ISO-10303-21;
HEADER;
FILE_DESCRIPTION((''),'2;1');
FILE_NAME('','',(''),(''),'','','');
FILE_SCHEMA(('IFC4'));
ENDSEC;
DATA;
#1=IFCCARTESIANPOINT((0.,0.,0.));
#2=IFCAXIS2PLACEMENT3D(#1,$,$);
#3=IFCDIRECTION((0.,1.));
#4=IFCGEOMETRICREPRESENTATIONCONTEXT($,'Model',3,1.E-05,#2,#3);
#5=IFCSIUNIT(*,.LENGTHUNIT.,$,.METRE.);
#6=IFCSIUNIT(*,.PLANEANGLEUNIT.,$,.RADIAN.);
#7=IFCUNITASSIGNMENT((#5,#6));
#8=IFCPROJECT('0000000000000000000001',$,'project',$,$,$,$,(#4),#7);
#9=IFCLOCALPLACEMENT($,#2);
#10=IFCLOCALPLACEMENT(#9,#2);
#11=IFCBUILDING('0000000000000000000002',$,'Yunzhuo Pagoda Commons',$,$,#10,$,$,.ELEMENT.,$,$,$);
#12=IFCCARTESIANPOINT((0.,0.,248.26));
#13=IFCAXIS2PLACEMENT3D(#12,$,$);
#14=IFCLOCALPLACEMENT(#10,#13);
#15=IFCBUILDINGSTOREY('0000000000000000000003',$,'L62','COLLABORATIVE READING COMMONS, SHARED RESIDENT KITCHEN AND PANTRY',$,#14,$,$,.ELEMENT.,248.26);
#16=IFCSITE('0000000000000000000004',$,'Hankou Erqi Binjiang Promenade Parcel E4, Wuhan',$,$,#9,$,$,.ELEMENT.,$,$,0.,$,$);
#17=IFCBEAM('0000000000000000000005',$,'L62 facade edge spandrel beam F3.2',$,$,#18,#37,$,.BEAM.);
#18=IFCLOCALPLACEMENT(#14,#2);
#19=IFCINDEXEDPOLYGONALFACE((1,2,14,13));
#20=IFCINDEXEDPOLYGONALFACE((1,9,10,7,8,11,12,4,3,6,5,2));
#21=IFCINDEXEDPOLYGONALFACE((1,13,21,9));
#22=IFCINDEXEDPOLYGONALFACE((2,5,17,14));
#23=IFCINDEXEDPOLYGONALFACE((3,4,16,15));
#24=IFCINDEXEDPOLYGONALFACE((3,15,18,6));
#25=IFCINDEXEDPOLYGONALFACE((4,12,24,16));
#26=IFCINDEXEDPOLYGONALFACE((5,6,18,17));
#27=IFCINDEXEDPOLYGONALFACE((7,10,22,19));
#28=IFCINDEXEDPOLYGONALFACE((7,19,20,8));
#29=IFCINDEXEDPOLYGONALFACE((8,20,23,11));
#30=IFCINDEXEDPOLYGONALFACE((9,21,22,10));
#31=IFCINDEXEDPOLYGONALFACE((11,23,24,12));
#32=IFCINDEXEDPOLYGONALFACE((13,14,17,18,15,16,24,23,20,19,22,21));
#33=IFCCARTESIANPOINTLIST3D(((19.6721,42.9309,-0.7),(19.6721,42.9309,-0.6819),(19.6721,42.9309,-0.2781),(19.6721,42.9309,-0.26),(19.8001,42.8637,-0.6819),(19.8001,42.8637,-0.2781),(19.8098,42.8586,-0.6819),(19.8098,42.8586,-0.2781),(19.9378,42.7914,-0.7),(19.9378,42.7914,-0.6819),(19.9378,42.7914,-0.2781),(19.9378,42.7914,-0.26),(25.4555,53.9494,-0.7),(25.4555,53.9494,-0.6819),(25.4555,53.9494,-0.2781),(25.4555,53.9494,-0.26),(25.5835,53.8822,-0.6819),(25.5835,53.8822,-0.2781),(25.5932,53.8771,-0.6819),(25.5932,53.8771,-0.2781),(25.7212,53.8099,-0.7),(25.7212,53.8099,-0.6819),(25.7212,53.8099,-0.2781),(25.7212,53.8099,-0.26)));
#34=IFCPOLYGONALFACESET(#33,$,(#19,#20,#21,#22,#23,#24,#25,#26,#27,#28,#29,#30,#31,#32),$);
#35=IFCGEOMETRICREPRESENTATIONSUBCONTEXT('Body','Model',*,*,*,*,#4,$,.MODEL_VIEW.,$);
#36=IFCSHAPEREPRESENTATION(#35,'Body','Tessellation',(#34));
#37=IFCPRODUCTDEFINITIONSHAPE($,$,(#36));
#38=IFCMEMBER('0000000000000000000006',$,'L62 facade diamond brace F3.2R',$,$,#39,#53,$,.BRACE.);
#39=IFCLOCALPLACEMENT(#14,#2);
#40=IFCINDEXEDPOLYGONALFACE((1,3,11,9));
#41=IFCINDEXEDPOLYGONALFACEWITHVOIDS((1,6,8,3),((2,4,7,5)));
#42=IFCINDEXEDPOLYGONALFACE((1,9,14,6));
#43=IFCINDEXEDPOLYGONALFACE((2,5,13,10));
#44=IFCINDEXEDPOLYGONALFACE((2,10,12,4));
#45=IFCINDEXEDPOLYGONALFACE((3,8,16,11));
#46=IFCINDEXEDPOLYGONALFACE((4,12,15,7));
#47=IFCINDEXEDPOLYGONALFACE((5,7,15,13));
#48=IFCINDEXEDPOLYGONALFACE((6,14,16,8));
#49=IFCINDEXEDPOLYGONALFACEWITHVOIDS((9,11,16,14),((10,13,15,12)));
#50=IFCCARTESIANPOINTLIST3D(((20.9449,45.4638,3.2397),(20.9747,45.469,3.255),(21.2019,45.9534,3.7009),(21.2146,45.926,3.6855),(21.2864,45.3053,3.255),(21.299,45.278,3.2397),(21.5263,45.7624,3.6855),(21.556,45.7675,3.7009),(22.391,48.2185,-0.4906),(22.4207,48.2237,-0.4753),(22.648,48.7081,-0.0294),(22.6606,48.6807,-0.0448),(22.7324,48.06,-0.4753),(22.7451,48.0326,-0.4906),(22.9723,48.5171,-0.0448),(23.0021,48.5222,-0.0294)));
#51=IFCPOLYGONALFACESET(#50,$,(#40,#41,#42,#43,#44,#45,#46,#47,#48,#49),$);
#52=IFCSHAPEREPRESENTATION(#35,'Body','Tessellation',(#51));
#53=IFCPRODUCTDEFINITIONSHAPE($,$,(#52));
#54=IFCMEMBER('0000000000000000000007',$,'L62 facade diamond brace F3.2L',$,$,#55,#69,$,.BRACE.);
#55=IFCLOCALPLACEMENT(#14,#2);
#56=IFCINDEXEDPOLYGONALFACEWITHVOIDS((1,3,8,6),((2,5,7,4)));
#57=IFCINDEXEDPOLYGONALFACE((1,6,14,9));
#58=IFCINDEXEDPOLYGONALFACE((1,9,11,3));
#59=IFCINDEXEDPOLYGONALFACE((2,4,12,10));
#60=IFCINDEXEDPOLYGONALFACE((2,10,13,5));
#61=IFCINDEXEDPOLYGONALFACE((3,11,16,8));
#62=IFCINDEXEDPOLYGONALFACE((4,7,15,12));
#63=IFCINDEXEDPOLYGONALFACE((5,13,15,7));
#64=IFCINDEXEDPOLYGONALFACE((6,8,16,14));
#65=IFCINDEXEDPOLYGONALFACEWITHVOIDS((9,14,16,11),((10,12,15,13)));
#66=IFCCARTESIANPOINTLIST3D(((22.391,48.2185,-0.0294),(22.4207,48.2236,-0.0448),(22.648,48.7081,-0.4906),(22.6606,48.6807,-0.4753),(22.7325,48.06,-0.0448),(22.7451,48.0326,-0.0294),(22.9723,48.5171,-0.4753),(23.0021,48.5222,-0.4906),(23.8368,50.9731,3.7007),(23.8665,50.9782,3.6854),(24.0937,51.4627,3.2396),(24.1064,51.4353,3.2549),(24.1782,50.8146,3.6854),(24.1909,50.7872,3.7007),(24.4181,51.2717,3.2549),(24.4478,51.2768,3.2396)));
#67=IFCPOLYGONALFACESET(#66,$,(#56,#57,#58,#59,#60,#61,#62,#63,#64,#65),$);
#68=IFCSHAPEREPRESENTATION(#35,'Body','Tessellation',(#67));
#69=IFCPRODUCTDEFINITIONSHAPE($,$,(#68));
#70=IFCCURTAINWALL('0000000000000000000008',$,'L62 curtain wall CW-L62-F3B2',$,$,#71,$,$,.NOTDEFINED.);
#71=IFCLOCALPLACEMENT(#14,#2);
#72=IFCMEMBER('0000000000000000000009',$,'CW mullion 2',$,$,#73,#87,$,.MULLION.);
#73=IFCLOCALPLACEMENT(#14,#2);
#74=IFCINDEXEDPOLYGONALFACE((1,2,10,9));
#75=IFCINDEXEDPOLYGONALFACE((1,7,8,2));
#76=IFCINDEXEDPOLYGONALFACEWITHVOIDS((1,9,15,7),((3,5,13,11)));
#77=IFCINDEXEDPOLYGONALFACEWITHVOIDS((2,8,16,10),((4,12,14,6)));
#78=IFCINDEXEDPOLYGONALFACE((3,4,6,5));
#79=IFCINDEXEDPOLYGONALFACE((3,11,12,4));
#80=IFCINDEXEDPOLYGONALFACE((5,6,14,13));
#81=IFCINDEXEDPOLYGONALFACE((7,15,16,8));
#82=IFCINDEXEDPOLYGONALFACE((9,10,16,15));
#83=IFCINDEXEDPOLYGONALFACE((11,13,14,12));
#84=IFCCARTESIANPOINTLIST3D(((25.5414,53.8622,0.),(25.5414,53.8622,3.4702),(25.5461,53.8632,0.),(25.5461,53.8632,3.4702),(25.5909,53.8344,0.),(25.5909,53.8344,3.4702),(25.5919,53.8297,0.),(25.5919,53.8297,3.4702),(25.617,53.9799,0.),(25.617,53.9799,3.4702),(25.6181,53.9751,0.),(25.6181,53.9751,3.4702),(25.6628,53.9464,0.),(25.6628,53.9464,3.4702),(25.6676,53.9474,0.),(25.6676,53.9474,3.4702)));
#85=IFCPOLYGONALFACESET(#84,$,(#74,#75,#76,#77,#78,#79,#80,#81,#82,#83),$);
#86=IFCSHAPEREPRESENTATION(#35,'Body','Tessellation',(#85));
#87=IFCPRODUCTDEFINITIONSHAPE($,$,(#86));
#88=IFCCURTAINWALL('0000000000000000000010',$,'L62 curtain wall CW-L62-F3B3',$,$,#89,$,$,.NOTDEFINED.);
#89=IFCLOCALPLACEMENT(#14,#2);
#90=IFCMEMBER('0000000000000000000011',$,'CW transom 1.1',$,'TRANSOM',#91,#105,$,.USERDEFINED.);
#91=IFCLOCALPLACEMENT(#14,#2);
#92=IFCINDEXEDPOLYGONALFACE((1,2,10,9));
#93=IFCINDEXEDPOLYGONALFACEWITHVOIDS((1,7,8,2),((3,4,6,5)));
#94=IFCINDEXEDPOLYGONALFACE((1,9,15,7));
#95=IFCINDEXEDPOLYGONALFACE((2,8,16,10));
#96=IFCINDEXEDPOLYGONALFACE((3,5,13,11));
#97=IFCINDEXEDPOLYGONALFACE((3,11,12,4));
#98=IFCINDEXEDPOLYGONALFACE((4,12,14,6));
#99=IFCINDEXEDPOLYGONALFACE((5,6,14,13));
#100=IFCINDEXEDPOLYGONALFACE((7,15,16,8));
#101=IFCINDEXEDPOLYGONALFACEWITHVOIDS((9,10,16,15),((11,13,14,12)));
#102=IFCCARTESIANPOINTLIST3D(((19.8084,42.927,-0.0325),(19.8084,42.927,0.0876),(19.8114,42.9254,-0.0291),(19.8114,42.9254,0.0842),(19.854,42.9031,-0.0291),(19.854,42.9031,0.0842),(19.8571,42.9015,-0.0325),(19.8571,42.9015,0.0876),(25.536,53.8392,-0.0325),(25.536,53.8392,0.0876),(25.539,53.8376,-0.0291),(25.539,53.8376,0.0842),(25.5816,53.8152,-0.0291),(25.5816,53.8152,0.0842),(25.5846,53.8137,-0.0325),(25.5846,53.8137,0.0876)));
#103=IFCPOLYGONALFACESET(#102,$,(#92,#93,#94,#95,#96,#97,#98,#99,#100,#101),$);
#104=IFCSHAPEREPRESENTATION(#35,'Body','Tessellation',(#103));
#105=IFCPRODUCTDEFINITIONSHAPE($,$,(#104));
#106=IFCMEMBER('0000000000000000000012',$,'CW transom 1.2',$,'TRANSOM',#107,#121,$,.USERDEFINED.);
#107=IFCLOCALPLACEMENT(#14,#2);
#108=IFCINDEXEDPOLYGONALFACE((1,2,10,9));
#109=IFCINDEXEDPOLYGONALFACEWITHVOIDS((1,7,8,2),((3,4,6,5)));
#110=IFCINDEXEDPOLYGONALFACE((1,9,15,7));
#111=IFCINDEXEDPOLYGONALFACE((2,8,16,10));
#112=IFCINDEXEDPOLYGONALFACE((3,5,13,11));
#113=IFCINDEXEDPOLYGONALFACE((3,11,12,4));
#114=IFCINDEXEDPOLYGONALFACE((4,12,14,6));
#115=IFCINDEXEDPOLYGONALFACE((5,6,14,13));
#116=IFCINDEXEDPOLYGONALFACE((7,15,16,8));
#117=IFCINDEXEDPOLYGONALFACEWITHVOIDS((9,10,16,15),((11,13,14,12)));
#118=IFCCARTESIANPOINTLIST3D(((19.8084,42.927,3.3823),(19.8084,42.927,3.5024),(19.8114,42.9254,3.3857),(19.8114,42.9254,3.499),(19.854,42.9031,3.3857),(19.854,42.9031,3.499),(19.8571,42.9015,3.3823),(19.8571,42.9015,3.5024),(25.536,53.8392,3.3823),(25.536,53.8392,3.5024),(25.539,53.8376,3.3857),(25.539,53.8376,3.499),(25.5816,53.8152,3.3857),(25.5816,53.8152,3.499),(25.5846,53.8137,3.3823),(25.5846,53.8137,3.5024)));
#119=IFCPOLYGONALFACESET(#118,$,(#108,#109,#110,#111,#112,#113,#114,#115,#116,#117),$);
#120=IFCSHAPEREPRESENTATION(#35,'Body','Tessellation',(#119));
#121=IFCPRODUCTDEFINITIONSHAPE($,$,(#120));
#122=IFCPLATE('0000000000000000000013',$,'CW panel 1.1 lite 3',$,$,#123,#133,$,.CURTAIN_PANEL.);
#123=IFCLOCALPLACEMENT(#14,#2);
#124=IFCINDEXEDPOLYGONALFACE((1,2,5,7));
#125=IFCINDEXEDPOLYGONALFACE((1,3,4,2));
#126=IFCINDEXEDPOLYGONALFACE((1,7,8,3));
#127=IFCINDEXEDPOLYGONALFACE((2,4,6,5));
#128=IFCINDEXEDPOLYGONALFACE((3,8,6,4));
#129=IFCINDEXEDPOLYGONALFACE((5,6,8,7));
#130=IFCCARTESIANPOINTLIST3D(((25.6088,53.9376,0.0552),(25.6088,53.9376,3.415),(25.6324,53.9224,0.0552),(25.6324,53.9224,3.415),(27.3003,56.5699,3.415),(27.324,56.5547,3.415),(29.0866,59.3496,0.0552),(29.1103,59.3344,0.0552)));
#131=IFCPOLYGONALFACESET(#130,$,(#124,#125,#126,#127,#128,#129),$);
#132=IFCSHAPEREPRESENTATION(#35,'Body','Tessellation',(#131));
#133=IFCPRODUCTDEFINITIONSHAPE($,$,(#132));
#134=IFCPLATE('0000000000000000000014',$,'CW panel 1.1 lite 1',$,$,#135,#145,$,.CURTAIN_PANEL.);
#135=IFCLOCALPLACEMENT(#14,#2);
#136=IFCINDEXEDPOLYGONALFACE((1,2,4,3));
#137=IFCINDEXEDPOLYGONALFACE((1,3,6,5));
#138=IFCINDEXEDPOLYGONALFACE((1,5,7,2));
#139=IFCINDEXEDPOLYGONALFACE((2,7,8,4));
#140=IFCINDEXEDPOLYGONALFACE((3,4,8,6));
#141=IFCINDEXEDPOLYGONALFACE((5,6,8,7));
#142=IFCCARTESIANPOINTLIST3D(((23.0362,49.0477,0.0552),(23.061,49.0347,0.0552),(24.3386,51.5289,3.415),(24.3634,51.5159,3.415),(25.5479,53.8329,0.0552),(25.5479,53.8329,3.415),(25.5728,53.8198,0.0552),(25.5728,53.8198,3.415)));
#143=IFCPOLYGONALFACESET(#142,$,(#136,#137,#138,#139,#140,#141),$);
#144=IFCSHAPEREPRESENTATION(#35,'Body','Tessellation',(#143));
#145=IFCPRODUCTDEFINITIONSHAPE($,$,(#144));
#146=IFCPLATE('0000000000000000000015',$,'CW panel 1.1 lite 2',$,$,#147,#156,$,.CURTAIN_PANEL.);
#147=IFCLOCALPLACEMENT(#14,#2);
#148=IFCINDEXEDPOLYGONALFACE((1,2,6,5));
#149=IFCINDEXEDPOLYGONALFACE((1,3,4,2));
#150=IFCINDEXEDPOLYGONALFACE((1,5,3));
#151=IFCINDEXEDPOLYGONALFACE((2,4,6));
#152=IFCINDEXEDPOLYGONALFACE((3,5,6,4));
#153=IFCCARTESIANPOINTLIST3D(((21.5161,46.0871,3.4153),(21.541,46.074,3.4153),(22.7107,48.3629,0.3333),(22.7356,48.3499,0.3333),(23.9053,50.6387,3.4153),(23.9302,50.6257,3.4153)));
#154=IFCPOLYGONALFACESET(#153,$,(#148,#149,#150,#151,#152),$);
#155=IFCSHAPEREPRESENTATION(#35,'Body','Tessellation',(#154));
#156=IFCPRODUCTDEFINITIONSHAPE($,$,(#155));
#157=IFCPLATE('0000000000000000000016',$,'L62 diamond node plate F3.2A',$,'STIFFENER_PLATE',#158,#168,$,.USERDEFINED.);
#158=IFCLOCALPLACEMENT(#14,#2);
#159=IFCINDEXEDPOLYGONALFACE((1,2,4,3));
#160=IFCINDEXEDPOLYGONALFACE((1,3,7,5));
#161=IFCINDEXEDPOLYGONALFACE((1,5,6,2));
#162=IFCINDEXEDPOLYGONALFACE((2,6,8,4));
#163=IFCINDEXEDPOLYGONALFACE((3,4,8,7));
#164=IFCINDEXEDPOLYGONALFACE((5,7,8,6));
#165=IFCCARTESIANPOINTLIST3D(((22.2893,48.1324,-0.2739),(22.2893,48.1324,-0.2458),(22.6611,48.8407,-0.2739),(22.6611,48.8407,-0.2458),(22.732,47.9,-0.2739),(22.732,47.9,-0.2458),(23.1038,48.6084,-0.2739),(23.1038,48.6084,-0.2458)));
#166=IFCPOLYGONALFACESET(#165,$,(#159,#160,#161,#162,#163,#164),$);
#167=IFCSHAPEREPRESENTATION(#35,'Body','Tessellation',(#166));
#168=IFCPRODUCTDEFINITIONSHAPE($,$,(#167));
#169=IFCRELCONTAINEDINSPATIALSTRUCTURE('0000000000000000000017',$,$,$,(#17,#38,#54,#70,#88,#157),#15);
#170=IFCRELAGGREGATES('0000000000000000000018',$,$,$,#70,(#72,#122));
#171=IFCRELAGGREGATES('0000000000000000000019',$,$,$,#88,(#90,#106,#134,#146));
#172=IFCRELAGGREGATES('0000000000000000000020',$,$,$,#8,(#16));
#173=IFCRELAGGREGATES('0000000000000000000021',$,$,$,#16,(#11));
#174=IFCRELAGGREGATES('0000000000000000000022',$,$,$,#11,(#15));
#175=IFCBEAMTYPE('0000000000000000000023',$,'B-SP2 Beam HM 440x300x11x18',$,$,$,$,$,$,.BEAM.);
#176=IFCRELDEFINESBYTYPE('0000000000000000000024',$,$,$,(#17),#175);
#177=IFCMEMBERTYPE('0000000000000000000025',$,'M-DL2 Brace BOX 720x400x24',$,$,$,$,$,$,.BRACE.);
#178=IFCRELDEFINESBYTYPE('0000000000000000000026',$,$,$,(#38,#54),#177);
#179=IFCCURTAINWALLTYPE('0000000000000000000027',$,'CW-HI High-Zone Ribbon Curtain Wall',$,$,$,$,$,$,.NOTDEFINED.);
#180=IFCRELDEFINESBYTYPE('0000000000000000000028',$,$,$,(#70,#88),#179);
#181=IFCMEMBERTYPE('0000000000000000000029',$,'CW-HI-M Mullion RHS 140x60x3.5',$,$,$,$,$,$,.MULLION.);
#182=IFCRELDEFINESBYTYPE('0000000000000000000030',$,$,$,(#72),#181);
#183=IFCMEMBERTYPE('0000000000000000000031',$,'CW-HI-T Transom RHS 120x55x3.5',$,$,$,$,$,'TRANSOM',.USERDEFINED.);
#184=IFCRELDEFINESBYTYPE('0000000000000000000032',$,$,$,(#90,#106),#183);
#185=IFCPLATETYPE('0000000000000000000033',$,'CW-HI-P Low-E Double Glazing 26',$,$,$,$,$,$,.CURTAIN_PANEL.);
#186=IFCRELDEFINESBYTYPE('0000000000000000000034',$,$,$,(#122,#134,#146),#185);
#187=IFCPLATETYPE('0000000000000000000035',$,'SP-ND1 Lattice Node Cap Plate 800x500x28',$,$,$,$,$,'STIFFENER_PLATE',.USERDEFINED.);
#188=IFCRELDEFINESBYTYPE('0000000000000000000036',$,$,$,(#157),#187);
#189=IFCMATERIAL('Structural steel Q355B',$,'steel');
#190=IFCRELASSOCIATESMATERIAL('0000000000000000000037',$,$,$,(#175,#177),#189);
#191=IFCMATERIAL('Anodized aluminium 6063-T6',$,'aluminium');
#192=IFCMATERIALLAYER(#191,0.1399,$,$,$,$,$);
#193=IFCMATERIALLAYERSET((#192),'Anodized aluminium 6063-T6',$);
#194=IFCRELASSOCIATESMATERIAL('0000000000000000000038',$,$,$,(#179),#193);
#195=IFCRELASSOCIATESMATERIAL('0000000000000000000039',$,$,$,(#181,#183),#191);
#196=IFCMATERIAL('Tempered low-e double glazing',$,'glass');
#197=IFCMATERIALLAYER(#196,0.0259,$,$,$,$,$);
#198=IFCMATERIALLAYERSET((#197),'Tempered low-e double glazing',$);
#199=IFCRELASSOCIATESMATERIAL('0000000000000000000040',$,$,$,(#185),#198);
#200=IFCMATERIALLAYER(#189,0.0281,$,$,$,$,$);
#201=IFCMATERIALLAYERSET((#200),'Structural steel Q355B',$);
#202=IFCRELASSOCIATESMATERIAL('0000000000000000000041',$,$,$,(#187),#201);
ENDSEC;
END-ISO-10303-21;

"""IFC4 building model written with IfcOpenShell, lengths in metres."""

from ifc_helpers import new_model, si_unit, direction, frame, origin, origin_2d, place, context, subcontext, project, spatial, polyline, rectangle, hollow_rectangle, i_section, outline, extrude, source, transform, mapped, material, layer, layer_set, material_profile, profile_set, type_object, element, aggregate, save


model = new_model("IFC4")

# Units and contexts
model_context = context("Model", 3, precision=1e-05, world=origin(), true_north=direction((0.0, 1.0)))
body_context = subcontext(model_context, "Body", "Model", "MODEL_VIEW")
ifc_project = project(units=[si_unit("LENGTHUNIT", "METRE"), si_unit("PLANEANGLEUNIT", "RADIAN")], contexts=[model_context])

# Site, building, storey
site_placement = place(None, origin())
site = spatial("IfcSite", under=ifc_project, at=site_placement, Name="Hankou Erqi Binjiang Promenade Parcel E4, Wuhan", CompositionType="ELEMENT", RefElevation=0.0)
building_placement = place(site_placement, origin())
building = spatial("IfcBuilding", under=site, at=building_placement, Name="Yunzhuo Pagoda Commons", CompositionType="ELEMENT")
storey_placement = place(building_placement, frame((0.0, 0.0, 248.26)))
storey = spatial("IfcBuildingStorey", under=building, at=storey_placement, Name="L62", Description="COLLABORATIVE READING COMMONS, SHARED RESIDENT KITCHEN AND PANTRY", CompositionType="ELEMENT", Elevation=248.26)

# Shared definitions
ifc_material_1 = material(Name="Structural steel Q355B", Category="steel")

# Beam
ifc_material_profile_1 = material_profile(ifc_material_1, i_section(OverallWidth=0.3, OverallDepth=0.4399, WebThickness=0.011, FlangeThickness=0.0181, at=origin_2d()), Name="Structural steel Q355B")
ifc_profile_set_1 = profile_set([ifc_material_profile_1], Name="Structural steel Q355B")
beam_type_1 = type_object("IfcBeamType", Name="B-SP2 Beam HM 440x300x11x18", PredefinedType="BEAM", material=ifc_profile_set_1)
shared_shape_1 = source(origin(), body_context, "Body", "SweptSolid", [
    extrude(i_section(OverallWidth=0.3, OverallDepth=0.4399, WebThickness=0.011, FlangeThickness=0.0181, at=origin_2d()), origin(), (0.0, 0.0, 1.0), 12.4441),
])
beam_1_placement = place(storey_placement, frame((25.5884, 53.8796, -0.48), z_axis=(-0.464752, -0.885441, 0.0), x_axis=(0.885441, -0.464752, 0.0)))
element("IfcBeam", 1, at=beam_1_placement, inside=storey, type_object=beam_type_1, Name="L62 facade edge spandrel beam F3.2", PredefinedType="BEAM", context=body_context, shape_type="MappedRepresentation", body=[
    mapped(shared_shape_1, transform((0.0, 0.0, 0.0), scale=1.0)),
])

# Members
ifc_material_profile_2 = material_profile(ifc_material_1, hollow_rectangle(XDim=0.3999, YDim=0.72, WallThickness=0.0239, at=origin_2d()), Name="Structural steel Q355B")
ifc_profile_set_2 = profile_set([ifc_material_profile_2], Name="Structural steel Q355B")
member_type_1 = type_object("IfcMemberType", Name="M-DL2 Brace BOX 720x400x24", PredefinedType="BRACE", material=ifc_profile_set_2)
shared_shape_2 = source(origin(), body_context, "Body", "SweptSolid", [
    extrude(hollow_rectangle(XDim=0.3999, YDim=0.72, WallThickness=0.0239, at=origin_2d()), origin(), (0.0, 0.0, 1.0), 4.8574),
])
member_1_placement = place(storey_placement, frame((22.6965, 48.3704, -0.26), z_axis=(-0.297704, -0.56711, 0.767958), x_axis=(0.885416, -0.464799, 0.0)))
element("IfcMember", 2, at=member_1_placement, inside=storey, type_object=member_type_1, Name="L62 facade diamond brace F3.2R", PredefinedType="BRACE", context=body_context, shape_type="MappedRepresentation", body=[
    mapped(shared_shape_2, transform((0.0, 0.0, 0.0), scale=1.0)),
])
shared_shape_3 = source(origin(), body_context, "Body", "SweptSolid", [
    extrude(hollow_rectangle(XDim=0.3999, YDim=0.72, WallThickness=0.0239, at=origin_2d()), origin(), (0.0, 0.0, 1.0), 4.8572),
])
member_2_placement = place(storey_placement, frame((22.6965, 48.3704, -0.26), z_axis=(0.297658, 0.567118, 0.767969), x_axis=(-0.885449, 0.464737, 0.0)))
element("IfcMember", 3, at=member_2_placement, inside=storey, type_object=member_type_1, Name="L62 facade diamond brace F3.2L", PredefinedType="BRACE", context=body_context, shape_type="MappedRepresentation", body=[
    mapped(shared_shape_3, transform((0.0, 0.0, 0.0), scale=1.0)),
])

# Curtain wall, member
ifc_material_2 = material(Name="Anodized aluminium 6063-T6", Category="aluminium")
ifc_layer_1 = layer(ifc_material_2, 0.1399)
ifc_layer_set_1 = layer_set([ifc_layer_1], Name="Anodized aluminium 6063-T6")
curtain_wall_type = type_object("IfcCurtainWallType", Name="CW-HI High-Zone Ribbon Curtain Wall", PredefinedType="NOTDEFINED", material=ifc_layer_set_1)
curtain_wall_1_placement = place(storey_placement, origin())
curtain_wall_1 = element("IfcCurtainWall", 4, at=curtain_wall_1_placement, inside=storey, type_object=curtain_wall_type, Name="L62 curtain wall CW-L62-F3B2", PredefinedType="NOTDEFINED")
ifc_material_profile_3 = material_profile(ifc_material_2, hollow_rectangle(XDim=0.0601, YDim=0.1399, WallThickness=0.0034, at=origin_2d()), Name="Anodized aluminium 6063-T6")
ifc_profile_set_3 = profile_set([ifc_material_profile_3], Name="Anodized aluminium 6063-T6")
member_type_2 = type_object("IfcMemberType", Name="CW-HI-M Mullion RHS 140x60x3.5", PredefinedType="MULLION", material=ifc_profile_set_3)
shared_shape_4 = source(origin(), body_context, "Body", "SweptSolid", [
    extrude(hollow_rectangle(XDim=0.0601, YDim=0.1399, WallThickness=0.0034, at=origin_2d()), origin(), (0.0, 0.0, 1.0), 3.4702),
])
member_3_placement = place(storey_placement, frame((25.6045, 53.9048, 0.0), z_axis=(0.0, 0.0, 1.0), x_axis=(0.841269, -0.540617, 0.0)))
member_3 = element("IfcMember", 5, at=member_3_placement, type_object=member_type_2, Name="CW mullion 2", PredefinedType="MULLION", context=body_context, shape_type="MappedRepresentation", body=[
    mapped(shared_shape_4, transform((0.0, 0.0, 0.0), scale=1.0)),
])

# Curtain wall, members
curtain_wall_2_placement = place(storey_placement, origin())
curtain_wall_2 = element("IfcCurtainWall", 6, at=curtain_wall_2_placement, inside=storey, type_object=curtain_wall_type, Name="L62 curtain wall CW-L62-F3B3", PredefinedType="NOTDEFINED")
ifc_material_profile_4 = material_profile(ifc_material_2, hollow_rectangle(XDim=0.0549, YDim=0.1201, WallThickness=0.0034, at=origin_2d()), Name="Anodized aluminium 6063-T6")
ifc_profile_set_4 = profile_set([ifc_material_profile_4], Name="Anodized aluminium 6063-T6")
member_type_3 = type_object("IfcMemberType", Name="CW-HI-T Transom RHS 120x55x3.5", ElementType="TRANSOM", PredefinedType="USERDEFINED", material=ifc_profile_set_4)
shared_shape_5 = source(origin(), body_context, "Body", "SweptSolid", [
    extrude(hollow_rectangle(XDim=0.0549, YDim=0.1201, WallThickness=0.0034, at=origin_2d()), origin(), (0.0, 0.0, 1.0), 12.324),
])
member_4_placement = place(storey_placement, frame((25.5603, 53.8264, 0.0276), z_axis=(-0.46475, -0.885442, 0.0), x_axis=(0.885442, -0.46475, 0.0)))
member_4 = element("IfcMember", 7, at=member_4_placement, type_object=member_type_3, Name="CW transom 1.1", ObjectType="TRANSOM", PredefinedType="USERDEFINED", context=body_context, shape_type="MappedRepresentation", body=[
    mapped(shared_shape_5, transform((0.0, 0.0, 0.0), scale=1.0)),
])
member_5_placement = place(storey_placement, frame((25.5603, 53.8264, 3.4424), z_axis=(-0.46475, -0.885442, 0.0), x_axis=(0.885442, -0.46475, 0.0)))
member_5 = element("IfcMember", 8, at=member_5_placement, type_object=member_type_3, Name="CW transom 1.2", ObjectType="TRANSOM", PredefinedType="USERDEFINED", context=body_context, shape_type="MappedRepresentation", body=[
    mapped(shared_shape_5, transform((0.0, 0.0, 0.0), scale=1.0)),
])

# Plates
ifc_material_3 = material(Name="Tempered low-e double glazing", Category="glass")
ifc_layer_2 = layer(ifc_material_3, 0.0259)
ifc_layer_set_2 = layer_set([ifc_layer_2], Name="Tempered low-e double glazing")
plate_type_1 = type_object("IfcPlateType", Name="CW-HI-P Low-E Double Glazing 26", PredefinedType="CURTAIN_PANEL", material=ifc_layer_set_2)
plate_1_placement = place(storey_placement, frame((27.3713, 56.6284, 1.7351), z_axis=(-0.841269, 0.540617, 0.0), x_axis=(-0.540617, -0.841269, 0.0)))
plate_1 = element("IfcPlate", 9, at=plate_1_placement, type_object=plate_type_1, Name="CW panel 1.1 lite 3", PredefinedType="CURTAIN_PANEL", context=body_context, shape_type="SweptSolid", body=[
    extrude(outline(polyline([(-3.2166, -1.6799), (3.2166, -1.6799), (3.2166, 1.6799), (0.0876, 1.6799), (-3.2166, -1.6799)])), origin(), (0.0, 0.0, 1.0), 0.0281),
])
aggregate(curtain_wall_1, [member_3, plate_1])
plate_2_placement = place(storey_placement, frame((24.3169, 51.4272, 1.7351), z_axis=(-0.885433, 0.464767, 0.0), x_axis=(-0.464767, -0.885433, 0.0)))
plate_2 = element("IfcPlate", 10, at=plate_2_placement, type_object=plate_type_1, Name="CW panel 1.1 lite 1", PredefinedType="CURTAIN_PANEL", context=body_context, shape_type="SweptSolid", body=[
    extrude(outline(polyline([(-2.7021, -1.6799), (2.7021, -1.6799), (-0.1001, 1.6799), (-2.7021, 1.6799), (-2.7021, -1.6799)])), origin(), (0.0, 0.0, 1.0), 0.0281),
])
plate_3_placement = place(storey_placement, frame((22.7356, 48.3499, 1.8743), z_axis=(-0.885433, 0.464767, 0.0), x_axis=(-0.464767, -0.885433, 0.0)))
plate_3 = element("IfcPlate", 11, at=plate_3_placement, type_object=plate_type_1, Name="CW panel 1.1 lite 2", PredefinedType="CURTAIN_PANEL", context=body_context, shape_type="SweptSolid", body=[
    extrude(outline(polyline([(-2.5703, 1.541), (0.0, -1.541), (2.5703, 1.541), (-2.5703, 1.541)])), origin(), (0.0, 0.0, 1.0), 0.0281),
])
aggregate(curtain_wall_2, [member_4, member_5, plate_2, plate_3])

# Plate
ifc_layer_3 = layer(ifc_material_1, 0.0281)
ifc_layer_set_3 = layer_set([ifc_layer_3], Name="Structural steel Q355B")
plate_type_2 = type_object("IfcPlateType", Name="SP-ND1 Lattice Node Cap Plate 800x500x28", ElementType="STIFFENER_PLATE", PredefinedType="USERDEFINED", material=ifc_layer_set_3)
shared_shape_6 = source(origin(), body_context, "Body", "SweptSolid", [
    extrude(rectangle(XDim=0.8, YDim=0.5, at=origin_2d()), origin(), (0.0, 0.0, 1.0), 0.0281),
])
plate_4_placement = place(storey_placement, frame((22.6965, 48.3704, -0.2739), z_axis=(0.0, 0.0, 1.0), x_axis=(-0.464765, -0.885434, 0.0)))
element("IfcPlate", 12, at=plate_4_placement, inside=storey, type_object=plate_type_2, Name="L62 diamond node plate F3.2A", ObjectType="STIFFENER_PLATE", PredefinedType="USERDEFINED", context=body_context, shape_type="MappedRepresentation", body=[
    mapped(shared_shape_6, transform((0.0, 0.0, 0.0), scale=1.0)),
])

save(model, "model.ifc")
